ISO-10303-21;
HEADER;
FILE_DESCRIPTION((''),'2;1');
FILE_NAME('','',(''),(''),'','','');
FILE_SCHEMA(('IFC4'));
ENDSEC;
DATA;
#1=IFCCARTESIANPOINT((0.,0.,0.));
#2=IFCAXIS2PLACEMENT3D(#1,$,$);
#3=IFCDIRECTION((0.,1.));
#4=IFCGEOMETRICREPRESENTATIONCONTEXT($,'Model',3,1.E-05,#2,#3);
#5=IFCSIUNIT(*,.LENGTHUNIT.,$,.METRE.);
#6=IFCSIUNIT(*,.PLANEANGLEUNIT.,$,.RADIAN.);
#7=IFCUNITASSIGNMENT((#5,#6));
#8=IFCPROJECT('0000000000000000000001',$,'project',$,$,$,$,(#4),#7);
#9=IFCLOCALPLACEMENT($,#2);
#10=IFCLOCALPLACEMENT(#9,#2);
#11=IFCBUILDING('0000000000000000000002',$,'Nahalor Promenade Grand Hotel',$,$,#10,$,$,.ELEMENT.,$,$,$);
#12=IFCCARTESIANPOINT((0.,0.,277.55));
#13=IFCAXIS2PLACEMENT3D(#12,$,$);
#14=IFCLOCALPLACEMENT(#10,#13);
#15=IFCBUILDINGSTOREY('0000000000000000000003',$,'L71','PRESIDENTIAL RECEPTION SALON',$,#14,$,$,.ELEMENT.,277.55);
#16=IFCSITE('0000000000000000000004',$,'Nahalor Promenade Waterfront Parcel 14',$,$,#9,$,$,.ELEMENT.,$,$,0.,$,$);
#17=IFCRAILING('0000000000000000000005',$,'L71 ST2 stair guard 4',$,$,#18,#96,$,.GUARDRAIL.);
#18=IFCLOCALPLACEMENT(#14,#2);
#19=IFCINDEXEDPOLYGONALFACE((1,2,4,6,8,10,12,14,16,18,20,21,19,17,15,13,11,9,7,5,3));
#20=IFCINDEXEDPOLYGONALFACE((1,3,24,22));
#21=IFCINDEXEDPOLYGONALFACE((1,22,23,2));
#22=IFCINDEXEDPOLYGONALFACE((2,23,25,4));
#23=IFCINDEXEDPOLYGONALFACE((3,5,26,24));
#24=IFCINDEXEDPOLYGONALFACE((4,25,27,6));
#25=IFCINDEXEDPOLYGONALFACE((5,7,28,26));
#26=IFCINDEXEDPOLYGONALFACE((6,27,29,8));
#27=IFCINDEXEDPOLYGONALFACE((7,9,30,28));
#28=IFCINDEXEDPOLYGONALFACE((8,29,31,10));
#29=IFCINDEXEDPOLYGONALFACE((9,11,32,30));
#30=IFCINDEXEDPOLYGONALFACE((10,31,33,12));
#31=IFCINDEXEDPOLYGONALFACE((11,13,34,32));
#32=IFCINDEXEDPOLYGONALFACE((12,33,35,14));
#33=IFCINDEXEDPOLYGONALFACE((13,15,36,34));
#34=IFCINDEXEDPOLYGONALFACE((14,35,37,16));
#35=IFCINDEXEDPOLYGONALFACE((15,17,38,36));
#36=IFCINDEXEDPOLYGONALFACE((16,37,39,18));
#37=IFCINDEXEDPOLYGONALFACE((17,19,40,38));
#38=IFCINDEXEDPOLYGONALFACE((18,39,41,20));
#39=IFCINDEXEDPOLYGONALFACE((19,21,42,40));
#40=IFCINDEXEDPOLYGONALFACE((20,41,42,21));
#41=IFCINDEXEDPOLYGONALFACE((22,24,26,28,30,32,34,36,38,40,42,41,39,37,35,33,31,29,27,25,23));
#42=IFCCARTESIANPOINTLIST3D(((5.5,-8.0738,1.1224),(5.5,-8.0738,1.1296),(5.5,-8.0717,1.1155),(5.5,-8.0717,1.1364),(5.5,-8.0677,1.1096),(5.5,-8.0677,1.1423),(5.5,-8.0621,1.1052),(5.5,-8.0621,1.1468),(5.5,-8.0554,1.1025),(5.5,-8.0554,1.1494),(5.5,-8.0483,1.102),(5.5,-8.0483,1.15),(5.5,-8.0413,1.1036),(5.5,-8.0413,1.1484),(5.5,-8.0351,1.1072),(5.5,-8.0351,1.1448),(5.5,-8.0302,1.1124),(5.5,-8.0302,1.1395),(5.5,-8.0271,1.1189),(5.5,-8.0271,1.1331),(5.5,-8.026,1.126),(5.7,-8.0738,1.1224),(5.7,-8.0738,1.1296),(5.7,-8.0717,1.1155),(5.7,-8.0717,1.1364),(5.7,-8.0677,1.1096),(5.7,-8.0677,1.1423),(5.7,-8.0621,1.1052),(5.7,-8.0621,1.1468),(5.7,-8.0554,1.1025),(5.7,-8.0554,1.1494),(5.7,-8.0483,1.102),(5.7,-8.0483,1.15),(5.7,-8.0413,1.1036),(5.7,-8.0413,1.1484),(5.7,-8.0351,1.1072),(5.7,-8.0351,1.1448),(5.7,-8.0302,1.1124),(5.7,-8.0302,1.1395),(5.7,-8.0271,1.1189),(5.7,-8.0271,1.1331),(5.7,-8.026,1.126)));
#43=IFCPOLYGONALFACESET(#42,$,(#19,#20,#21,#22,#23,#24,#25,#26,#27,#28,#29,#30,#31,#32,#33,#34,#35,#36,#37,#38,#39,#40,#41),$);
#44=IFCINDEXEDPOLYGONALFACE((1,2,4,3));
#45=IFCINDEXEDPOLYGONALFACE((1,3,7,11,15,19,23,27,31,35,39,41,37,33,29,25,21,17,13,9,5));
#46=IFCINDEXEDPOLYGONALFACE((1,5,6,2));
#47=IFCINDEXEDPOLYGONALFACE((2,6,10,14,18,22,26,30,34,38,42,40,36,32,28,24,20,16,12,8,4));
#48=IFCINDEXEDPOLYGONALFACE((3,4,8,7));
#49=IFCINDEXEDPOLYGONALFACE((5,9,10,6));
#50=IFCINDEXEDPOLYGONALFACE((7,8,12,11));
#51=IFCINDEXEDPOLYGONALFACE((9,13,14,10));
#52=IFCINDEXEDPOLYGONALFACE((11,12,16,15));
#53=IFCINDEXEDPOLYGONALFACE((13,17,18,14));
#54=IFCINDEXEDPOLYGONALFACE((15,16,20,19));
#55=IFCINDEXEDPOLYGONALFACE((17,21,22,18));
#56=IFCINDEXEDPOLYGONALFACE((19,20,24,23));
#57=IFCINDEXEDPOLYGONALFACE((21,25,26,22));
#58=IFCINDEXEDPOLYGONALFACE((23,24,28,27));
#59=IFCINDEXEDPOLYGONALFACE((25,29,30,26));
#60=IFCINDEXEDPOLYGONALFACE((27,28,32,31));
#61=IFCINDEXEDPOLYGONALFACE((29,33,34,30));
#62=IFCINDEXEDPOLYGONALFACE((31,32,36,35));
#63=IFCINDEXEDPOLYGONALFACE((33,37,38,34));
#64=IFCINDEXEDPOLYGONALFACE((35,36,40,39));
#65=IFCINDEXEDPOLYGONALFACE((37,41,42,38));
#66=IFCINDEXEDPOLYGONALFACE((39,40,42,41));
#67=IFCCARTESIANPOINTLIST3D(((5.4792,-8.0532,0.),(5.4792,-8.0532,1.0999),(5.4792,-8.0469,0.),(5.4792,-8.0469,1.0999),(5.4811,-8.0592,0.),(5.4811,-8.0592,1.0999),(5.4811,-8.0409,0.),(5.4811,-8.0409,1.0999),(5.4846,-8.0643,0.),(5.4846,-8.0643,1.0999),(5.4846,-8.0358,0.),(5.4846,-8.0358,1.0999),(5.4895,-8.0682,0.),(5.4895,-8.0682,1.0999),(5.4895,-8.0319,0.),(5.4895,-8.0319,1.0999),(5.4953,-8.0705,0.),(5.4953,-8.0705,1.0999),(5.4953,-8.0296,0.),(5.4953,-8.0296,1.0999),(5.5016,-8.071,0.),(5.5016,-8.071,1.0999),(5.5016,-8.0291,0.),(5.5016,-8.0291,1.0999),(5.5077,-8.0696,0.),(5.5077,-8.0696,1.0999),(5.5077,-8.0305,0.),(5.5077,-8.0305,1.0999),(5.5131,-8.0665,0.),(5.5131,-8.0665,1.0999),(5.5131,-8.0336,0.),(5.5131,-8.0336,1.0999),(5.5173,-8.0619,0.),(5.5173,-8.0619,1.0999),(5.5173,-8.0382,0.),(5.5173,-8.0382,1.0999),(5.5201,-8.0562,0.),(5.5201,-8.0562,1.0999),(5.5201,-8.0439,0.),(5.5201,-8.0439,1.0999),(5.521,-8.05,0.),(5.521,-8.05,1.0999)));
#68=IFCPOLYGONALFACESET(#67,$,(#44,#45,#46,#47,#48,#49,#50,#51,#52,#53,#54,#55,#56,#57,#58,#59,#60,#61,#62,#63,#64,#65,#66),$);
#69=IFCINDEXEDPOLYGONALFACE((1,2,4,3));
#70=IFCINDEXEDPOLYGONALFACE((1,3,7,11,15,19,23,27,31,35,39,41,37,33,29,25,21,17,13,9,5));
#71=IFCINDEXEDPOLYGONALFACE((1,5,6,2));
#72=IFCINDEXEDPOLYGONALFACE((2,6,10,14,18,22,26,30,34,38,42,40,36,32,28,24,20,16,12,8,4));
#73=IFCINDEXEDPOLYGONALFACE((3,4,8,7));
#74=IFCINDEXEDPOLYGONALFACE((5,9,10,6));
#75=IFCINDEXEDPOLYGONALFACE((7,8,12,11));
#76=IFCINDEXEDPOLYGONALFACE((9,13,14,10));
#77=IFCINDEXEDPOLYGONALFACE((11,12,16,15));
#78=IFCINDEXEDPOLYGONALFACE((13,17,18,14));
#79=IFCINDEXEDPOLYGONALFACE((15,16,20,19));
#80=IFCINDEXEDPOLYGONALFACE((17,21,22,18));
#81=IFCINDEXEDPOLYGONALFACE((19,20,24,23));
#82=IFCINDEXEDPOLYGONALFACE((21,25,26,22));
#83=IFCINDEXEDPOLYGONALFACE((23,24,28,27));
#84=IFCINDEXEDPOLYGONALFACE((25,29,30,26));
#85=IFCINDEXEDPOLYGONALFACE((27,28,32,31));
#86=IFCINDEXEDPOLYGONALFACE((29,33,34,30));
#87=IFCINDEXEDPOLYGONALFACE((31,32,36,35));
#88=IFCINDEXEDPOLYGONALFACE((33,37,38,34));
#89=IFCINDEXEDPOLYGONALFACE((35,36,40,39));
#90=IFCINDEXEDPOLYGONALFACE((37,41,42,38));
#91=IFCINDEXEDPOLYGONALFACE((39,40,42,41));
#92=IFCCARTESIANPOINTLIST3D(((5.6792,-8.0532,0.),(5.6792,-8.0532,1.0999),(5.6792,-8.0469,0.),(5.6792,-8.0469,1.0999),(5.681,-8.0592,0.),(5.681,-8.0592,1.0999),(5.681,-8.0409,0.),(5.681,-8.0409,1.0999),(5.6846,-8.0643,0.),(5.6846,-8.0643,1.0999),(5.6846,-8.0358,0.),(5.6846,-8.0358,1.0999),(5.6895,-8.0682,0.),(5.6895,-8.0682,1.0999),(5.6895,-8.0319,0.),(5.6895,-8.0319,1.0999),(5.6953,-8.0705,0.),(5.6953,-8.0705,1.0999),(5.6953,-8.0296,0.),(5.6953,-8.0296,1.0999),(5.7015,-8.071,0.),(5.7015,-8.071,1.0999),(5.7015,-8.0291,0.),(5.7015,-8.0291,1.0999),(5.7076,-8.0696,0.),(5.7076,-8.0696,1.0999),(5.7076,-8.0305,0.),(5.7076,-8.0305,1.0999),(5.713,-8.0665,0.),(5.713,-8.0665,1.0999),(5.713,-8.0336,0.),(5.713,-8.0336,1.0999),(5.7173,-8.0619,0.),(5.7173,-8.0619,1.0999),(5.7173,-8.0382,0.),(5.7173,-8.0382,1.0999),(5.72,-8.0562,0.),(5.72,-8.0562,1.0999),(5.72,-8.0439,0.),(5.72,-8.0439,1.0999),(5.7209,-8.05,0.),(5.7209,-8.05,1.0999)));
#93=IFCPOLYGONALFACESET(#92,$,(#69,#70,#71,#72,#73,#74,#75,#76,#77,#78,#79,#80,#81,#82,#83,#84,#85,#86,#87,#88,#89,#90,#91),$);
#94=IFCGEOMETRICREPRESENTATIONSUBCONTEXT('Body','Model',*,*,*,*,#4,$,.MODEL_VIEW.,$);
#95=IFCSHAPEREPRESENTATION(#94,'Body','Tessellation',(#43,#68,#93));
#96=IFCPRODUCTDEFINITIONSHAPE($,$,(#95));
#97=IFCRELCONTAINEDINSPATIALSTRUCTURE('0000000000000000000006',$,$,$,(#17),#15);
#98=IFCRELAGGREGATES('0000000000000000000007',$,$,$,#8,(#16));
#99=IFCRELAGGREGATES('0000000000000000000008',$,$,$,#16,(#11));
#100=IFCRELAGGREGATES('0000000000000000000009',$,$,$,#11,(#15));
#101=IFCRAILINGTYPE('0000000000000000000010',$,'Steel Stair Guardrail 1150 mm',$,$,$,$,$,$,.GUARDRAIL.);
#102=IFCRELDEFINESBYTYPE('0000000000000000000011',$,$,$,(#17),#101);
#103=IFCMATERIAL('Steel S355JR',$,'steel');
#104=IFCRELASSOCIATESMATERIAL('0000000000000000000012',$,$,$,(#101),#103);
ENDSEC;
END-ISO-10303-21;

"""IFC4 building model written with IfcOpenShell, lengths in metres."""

from ifc_helpers import new_model, si_unit, direction, frame, origin, origin_2d, place, context, subcontext, project, spatial, circle, extrude, material, type_object, element, save


model = new_model("IFC4")

# Units and contexts
model_context = context("Model", 3, precision=1e-05, world=origin(), true_north=direction((0.0, 1.0)))
body_context = subcontext(model_context, "Body", "Model", "MODEL_VIEW")
ifc_project = project(units=[si_unit("LENGTHUNIT", "METRE"), si_unit("PLANEANGLEUNIT", "RADIAN")], contexts=[model_context])

# Site, building, storey
site_placement = place(None, origin())
site = spatial("IfcSite", under=ifc_project, at=site_placement, Name="Nahalor Promenade Waterfront Parcel 14", CompositionType="ELEMENT", RefElevation=0.0)
building_placement = place(site_placement, origin())
building = spatial("IfcBuilding", under=site, at=building_placement, Name="Nahalor Promenade Grand Hotel", CompositionType="ELEMENT")
storey_placement = place(building_placement, frame((0.0, 0.0, 277.55)))
storey = spatial("IfcBuildingStorey", under=building, at=storey_placement, Name="L71", Description="PRESIDENTIAL RECEPTION SALON", CompositionType="ELEMENT", Elevation=277.55)

# Shared definitions
ifc_material_1 = material(Name="Steel S355JR", Category="steel")

# Railing
railing_type_1 = type_object("IfcRailingType", Name="Steel Stair Guardrail 1150 mm", PredefinedType="GUARDRAIL", material=ifc_material_1)
railing_1_placement = place(storey_placement, frame((5.5, -8.05, 0.0)))
element("IfcRailing", 1, at=railing_1_placement, inside=storey, type_object=railing_type_1, Name="L71 ST2 stair guard 4", PredefinedType="GUARDRAIL", context=body_context, shape_type="SweptSolid", body=[
    extrude(circle(Radius=0.024, at=origin_2d()), frame((0.0, 0.0, 1.126), z_axis=(1.0, 0.0, 0.0), x_axis=(0.0, 1.0, 0.0)), (0.0, 0.0, 1.0), 0.2),
    extrude(circle(Radius=0.021, at=origin_2d()), origin(), (0.0, 0.0, 1.0), 1.0999),
    extrude(circle(Radius=0.021, at=origin_2d()), frame((0.2, 0.0, 0.0)), (0.0, 0.0, 1.0), 1.0999),
])

save(model, "model.ifc")
